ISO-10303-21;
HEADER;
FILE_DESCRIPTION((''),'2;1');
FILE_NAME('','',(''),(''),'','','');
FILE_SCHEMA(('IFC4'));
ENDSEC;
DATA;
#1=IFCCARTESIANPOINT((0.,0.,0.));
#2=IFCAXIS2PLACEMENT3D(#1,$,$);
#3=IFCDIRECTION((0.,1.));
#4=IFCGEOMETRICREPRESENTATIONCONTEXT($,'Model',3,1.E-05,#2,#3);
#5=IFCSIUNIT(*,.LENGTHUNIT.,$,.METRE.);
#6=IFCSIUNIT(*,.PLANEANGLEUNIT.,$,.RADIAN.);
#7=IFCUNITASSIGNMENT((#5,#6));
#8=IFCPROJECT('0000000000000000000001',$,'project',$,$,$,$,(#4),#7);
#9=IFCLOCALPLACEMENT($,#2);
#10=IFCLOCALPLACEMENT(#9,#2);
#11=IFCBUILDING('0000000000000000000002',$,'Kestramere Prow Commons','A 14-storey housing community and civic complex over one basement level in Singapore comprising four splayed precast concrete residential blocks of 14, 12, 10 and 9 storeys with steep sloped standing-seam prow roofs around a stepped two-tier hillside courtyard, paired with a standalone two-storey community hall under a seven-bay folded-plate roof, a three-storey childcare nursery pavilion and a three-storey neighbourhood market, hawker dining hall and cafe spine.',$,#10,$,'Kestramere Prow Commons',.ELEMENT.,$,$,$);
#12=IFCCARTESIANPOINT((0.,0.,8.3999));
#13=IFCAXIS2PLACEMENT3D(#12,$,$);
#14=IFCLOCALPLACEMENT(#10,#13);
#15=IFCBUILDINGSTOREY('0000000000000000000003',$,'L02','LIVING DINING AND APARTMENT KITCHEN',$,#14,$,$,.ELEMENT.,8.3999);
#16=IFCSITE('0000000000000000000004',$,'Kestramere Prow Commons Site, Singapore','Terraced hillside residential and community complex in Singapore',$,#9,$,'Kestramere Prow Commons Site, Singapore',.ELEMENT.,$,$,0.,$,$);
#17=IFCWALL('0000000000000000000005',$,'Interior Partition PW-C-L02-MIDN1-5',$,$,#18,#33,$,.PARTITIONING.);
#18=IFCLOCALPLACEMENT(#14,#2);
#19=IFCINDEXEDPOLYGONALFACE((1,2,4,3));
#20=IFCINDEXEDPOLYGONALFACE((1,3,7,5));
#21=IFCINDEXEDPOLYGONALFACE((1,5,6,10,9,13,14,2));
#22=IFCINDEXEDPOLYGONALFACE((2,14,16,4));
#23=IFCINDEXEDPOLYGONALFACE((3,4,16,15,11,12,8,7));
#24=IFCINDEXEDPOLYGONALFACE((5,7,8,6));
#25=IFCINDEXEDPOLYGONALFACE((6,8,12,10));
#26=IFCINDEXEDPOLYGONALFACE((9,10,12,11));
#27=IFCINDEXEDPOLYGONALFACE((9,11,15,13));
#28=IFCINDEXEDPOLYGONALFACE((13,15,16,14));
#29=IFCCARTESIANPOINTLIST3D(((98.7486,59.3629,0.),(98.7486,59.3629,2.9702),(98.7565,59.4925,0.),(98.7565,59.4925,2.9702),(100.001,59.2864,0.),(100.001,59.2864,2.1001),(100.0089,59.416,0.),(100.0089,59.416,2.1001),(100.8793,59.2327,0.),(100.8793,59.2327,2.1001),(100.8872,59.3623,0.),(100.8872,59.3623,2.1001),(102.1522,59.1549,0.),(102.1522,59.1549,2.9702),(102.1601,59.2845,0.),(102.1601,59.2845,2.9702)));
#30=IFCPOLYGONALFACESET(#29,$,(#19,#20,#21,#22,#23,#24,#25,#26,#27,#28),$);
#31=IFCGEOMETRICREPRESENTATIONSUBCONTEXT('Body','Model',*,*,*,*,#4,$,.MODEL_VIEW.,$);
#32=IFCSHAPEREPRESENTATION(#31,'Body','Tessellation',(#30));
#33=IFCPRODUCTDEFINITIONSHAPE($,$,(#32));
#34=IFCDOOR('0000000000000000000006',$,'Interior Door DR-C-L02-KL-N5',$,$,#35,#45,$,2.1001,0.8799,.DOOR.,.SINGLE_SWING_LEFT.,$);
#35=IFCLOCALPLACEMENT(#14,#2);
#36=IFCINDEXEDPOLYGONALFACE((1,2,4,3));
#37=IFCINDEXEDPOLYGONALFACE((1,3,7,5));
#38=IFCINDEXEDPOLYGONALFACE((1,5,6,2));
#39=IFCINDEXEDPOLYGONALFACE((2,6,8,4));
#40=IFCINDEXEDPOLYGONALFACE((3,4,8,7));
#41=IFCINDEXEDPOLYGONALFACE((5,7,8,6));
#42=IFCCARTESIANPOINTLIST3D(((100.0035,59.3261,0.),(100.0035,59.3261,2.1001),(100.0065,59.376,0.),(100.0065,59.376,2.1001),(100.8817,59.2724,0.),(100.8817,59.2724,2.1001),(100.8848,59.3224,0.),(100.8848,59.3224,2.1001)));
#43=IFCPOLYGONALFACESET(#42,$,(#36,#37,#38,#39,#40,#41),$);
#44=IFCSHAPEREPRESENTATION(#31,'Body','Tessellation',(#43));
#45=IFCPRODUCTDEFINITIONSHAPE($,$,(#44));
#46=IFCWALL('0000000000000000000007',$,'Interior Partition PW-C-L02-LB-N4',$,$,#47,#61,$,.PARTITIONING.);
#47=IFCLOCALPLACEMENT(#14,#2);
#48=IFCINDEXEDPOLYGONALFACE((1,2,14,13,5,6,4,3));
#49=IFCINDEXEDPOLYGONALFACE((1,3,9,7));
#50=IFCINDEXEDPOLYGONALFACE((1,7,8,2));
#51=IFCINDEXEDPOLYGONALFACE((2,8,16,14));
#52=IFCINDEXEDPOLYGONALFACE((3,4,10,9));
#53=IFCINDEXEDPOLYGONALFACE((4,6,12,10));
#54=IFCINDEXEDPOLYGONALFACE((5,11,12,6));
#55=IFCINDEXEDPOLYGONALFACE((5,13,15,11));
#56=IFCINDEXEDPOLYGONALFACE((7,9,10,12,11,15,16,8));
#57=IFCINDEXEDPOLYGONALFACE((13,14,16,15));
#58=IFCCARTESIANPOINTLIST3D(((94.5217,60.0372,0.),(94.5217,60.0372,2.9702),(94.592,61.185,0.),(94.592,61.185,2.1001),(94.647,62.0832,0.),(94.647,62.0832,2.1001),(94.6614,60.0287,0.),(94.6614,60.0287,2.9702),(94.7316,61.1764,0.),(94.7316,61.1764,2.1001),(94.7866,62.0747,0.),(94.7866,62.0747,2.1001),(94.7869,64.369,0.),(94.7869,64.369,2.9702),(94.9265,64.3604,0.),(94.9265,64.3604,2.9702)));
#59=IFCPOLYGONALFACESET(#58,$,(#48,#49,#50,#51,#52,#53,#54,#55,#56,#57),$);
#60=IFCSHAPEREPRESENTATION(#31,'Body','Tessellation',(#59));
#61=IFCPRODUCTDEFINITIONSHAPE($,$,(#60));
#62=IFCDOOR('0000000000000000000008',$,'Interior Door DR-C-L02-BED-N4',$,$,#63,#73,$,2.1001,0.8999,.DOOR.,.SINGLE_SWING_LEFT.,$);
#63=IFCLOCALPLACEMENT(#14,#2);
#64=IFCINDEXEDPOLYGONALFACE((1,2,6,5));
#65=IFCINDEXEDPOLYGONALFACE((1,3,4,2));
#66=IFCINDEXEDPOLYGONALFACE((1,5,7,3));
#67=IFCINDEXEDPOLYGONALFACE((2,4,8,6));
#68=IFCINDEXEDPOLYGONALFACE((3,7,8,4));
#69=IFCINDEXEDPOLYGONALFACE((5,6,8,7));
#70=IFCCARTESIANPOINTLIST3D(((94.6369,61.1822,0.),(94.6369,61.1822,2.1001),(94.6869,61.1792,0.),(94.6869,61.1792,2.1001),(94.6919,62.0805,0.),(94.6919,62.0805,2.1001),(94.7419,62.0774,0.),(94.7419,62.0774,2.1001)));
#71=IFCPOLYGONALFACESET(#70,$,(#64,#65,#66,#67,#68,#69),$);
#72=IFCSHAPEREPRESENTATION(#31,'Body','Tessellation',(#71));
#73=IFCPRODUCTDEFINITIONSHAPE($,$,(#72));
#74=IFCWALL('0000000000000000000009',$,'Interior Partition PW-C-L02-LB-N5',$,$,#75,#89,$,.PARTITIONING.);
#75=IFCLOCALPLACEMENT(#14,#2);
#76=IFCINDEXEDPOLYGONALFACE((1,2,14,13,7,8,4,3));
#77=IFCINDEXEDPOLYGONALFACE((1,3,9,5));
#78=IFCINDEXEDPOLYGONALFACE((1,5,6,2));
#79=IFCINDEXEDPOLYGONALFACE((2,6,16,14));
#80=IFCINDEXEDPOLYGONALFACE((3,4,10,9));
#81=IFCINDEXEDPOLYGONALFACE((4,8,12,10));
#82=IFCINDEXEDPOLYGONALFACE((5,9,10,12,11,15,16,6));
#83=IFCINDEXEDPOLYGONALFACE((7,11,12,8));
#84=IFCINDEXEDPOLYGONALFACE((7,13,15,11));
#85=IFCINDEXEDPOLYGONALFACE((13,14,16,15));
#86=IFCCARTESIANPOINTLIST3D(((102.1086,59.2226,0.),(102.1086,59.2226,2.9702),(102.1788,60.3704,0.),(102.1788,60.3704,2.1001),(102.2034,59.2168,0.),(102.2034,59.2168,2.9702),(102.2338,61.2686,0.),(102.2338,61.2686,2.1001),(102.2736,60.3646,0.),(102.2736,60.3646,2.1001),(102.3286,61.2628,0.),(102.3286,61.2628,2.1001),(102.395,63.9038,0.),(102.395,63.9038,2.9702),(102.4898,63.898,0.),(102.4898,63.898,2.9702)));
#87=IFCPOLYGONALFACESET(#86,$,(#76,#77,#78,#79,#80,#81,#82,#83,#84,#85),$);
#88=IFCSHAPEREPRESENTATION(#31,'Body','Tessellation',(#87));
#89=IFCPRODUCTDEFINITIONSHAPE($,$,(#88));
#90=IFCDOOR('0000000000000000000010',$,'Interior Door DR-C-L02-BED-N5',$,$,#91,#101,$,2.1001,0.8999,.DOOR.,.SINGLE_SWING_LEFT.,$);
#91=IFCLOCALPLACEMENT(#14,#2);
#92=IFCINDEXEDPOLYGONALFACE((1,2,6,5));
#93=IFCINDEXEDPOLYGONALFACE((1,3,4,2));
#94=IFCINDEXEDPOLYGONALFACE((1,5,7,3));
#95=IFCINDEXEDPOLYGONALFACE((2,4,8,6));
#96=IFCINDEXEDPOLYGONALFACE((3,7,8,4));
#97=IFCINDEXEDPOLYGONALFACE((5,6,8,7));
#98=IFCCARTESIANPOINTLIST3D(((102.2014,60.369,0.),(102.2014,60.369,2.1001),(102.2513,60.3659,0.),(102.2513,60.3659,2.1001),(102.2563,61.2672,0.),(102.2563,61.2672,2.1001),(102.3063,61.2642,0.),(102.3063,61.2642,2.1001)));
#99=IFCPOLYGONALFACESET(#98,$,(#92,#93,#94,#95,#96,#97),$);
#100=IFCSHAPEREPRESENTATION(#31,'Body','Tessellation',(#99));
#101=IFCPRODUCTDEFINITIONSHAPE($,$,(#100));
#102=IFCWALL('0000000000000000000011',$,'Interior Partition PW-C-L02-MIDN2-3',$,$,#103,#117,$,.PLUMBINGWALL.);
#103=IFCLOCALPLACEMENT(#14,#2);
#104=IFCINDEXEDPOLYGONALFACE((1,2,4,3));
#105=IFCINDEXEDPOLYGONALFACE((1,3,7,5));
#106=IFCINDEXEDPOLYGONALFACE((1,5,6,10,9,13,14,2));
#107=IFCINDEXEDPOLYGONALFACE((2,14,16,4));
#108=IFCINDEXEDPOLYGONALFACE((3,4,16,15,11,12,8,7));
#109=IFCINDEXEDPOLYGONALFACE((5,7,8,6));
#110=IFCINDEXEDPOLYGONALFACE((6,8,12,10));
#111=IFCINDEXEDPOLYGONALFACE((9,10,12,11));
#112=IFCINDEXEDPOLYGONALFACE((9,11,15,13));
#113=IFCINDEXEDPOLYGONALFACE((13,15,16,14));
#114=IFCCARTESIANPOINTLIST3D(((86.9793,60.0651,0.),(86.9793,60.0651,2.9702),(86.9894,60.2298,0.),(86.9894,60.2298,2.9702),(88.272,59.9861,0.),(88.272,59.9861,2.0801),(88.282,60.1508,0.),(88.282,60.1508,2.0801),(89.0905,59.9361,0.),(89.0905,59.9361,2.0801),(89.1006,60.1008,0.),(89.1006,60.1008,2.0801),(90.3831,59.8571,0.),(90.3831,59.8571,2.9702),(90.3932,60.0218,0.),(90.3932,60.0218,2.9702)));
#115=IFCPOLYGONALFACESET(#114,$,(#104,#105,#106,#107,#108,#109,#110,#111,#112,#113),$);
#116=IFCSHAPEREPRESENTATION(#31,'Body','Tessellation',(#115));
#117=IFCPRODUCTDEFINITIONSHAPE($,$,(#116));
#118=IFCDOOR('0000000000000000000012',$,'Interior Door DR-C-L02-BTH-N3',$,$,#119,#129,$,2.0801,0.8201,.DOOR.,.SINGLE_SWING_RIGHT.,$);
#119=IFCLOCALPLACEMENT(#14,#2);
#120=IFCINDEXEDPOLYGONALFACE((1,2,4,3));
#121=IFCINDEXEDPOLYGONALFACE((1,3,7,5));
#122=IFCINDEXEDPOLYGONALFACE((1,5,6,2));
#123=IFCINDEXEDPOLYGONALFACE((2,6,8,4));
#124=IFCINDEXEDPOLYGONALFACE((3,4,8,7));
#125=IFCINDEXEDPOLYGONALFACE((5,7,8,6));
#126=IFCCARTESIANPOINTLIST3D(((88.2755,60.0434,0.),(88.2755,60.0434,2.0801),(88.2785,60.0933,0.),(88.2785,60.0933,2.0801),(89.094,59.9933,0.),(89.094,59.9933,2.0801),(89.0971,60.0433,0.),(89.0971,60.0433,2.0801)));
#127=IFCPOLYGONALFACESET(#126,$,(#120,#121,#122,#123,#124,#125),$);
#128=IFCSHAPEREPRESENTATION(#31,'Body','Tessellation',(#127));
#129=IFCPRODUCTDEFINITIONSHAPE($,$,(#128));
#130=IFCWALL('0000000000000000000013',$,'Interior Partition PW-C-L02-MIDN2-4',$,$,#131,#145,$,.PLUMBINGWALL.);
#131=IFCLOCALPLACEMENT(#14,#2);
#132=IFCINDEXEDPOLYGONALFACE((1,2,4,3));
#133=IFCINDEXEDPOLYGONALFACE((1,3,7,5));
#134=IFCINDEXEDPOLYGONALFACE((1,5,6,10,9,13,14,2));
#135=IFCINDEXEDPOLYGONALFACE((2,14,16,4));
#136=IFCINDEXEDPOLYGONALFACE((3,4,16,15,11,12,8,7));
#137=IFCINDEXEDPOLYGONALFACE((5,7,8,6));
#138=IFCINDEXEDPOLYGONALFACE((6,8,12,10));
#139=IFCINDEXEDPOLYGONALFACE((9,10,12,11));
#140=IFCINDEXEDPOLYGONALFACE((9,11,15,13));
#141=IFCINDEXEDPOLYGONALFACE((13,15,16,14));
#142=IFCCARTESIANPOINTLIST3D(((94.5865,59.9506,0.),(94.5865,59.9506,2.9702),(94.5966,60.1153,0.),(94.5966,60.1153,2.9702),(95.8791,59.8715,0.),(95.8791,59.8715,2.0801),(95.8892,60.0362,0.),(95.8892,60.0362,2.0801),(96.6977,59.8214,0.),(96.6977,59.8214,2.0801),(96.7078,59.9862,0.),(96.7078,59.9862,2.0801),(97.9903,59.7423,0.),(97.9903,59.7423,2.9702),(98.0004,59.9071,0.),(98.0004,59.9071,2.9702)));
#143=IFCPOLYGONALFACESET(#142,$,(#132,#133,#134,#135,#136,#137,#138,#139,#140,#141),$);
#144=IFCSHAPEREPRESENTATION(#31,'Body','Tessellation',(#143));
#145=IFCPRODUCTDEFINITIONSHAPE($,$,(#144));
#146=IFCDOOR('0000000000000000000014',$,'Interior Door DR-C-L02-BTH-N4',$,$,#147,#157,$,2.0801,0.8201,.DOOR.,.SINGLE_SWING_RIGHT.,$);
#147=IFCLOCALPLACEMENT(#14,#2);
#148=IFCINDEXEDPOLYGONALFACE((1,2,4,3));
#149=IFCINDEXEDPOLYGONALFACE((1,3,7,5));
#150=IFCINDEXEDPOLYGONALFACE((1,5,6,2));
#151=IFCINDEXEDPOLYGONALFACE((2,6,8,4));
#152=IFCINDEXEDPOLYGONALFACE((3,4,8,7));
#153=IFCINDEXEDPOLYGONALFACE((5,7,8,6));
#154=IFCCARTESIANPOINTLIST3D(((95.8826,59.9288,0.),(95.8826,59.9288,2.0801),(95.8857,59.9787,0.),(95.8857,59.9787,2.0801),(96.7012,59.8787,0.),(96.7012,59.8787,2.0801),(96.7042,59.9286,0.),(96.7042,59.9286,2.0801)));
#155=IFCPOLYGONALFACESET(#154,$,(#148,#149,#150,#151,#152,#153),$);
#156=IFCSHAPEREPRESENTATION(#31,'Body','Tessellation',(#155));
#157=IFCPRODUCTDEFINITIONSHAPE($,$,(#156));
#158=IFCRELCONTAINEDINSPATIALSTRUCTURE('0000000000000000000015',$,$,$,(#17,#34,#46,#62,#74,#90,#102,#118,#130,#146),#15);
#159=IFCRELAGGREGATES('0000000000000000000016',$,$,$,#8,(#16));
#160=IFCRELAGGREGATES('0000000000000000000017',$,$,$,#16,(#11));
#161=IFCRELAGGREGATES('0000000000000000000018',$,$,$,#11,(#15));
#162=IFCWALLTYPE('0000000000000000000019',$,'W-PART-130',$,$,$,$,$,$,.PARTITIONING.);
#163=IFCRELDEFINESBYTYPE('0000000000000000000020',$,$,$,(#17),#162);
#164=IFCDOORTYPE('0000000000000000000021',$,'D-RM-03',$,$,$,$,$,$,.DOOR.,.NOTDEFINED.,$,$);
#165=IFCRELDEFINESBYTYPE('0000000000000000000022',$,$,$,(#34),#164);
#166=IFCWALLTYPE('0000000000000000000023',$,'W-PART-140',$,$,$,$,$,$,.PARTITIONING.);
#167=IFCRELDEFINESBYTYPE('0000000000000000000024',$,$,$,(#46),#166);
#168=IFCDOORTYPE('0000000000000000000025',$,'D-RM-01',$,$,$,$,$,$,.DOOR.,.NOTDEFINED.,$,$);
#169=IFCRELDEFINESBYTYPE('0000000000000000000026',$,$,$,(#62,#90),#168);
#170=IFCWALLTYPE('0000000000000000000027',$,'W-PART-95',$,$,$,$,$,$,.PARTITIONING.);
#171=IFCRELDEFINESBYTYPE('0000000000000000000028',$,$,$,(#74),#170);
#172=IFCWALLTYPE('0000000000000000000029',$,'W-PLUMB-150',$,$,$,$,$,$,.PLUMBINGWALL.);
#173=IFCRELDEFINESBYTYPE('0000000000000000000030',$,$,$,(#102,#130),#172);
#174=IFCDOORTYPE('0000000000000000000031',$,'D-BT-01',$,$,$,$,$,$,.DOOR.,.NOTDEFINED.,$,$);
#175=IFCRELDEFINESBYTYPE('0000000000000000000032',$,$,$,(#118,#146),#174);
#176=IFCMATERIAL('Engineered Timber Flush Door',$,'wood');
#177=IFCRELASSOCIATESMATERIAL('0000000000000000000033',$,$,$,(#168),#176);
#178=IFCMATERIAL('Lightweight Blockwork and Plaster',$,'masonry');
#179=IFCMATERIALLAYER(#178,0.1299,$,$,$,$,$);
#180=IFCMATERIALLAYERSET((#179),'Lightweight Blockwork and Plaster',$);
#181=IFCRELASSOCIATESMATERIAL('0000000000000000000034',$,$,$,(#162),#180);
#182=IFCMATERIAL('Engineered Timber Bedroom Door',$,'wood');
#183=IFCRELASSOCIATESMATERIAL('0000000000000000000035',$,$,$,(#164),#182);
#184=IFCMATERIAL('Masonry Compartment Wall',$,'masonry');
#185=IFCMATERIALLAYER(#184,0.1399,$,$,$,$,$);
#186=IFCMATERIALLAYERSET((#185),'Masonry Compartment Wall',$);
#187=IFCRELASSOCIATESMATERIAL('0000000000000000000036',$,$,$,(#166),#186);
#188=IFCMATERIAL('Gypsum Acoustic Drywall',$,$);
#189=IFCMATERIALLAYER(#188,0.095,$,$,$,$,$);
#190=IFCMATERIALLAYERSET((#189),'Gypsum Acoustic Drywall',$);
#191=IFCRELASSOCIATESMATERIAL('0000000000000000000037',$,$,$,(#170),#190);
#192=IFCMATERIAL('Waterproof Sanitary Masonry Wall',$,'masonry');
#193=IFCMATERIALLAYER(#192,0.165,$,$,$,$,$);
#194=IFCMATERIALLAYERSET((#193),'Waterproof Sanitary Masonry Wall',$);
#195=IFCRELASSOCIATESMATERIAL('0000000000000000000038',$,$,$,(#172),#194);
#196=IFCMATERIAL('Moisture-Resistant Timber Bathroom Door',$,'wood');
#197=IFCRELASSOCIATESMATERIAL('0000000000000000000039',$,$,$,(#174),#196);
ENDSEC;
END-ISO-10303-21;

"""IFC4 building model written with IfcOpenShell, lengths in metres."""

from ifc_helpers import new_model, si_unit, direction, frame, frame_2d, origin, place, context, subcontext, project, spatial, rectangle, extrude, material, layer, layer_set, type_object, element, fill, save


model = new_model("IFC4")

# Units and contexts
model_context = context("Model", 3, precision=1e-05, world=origin(), true_north=direction((0.0, 1.0)))
body_context = subcontext(model_context, "Body", "Model", "MODEL_VIEW")
ifc_project = project(units=[si_unit("LENGTHUNIT", "METRE"), si_unit("PLANEANGLEUNIT", "RADIAN")], contexts=[model_context])

# Site, building, storey
site_placement = place(None, origin())
site = spatial("IfcSite", under=ifc_project, at=site_placement, Name="Kestramere Prow Commons Site, Singapore", Description="Terraced hillside residential and community complex in Singapore", LongName="Kestramere Prow Commons Site, Singapore", CompositionType="ELEMENT", RefElevation=0.0)
building_placement = place(site_placement, origin())
building = spatial("IfcBuilding", under=site, at=building_placement, Name="Kestramere Prow Commons", Description="A 14-storey housing community and civic complex over one basement level in Singapore comprising four splayed precast concrete residential blocks of 14, 12, 10 and 9 storeys with steep sloped standing-seam prow roofs around a stepped two-tier hillside courtyard, paired with a standalone two-storey community hall under a seven-bay folded-plate roof, a three-storey childcare nursery pavilion and a three-storey neighbourhood market, hawker dining hall and cafe spine.", LongName="Kestramere Prow Commons", CompositionType="ELEMENT")
storey_placement = place(building_placement, frame((0.0, 0.0, 8.3999)))
storey = spatial("IfcBuildingStorey", under=building, at=storey_placement, Name="L02", Description="LIVING DINING AND APARTMENT KITCHEN", CompositionType="ELEMENT", Elevation=8.3999)

# Walls, openings, doors
ifc_material_1 = material(Name="Lightweight Blockwork and Plaster", Category="masonry")
ifc_material_2 = material(Name="Engineered Timber Flush Door", Category="wood")
door_type_1 = type_object("IfcDoorType", Name="D-RM-01", OperationType="NOTDEFINED", PredefinedType="DOOR", material=ifc_material_2)
ifc_layer_1 = layer(ifc_material_1, 0.1299)
ifc_layer_set_1 = layer_set([ifc_layer_1], Name="Lightweight Blockwork and Plaster")
wall_type_1 = type_object("IfcWallType", Name="W-PART-130", PredefinedType="PARTITIONING", material=ifc_layer_set_1)
ifc_material_3 = material(Name="Engineered Timber Bedroom Door", Category="wood")
door_type_2 = type_object("IfcDoorType", Name="D-RM-03", OperationType="NOTDEFINED", PredefinedType="DOOR", material=ifc_material_3)
wall_1_placement = place(storey_placement, frame((98.7524, 59.4277, 0.0), z_axis=(0.0, 0.0, 1.0), x_axis=(0.998138, -0.061001, 0.0)))
wall_1 = element("IfcWall", 1, at=wall_1_placement, inside=storey, type_object=wall_type_1, Name="Interior Partition PW-C-L02-MIDN1-5", PredefinedType="PARTITIONING", context=body_context, shape_type="SweptSolid", body=[
    extrude(rectangle(XDim=3.4099, YDim=0.1299, at=frame_2d((1.7051, 0.0))), origin(), (0.0, 0.0, 1.0), 2.9702),
])
opening_1_placement = place(wall_1_placement, frame((1.2549, 0.0, 0.0)))
opening_1 = element("IfcOpeningElement", 2, at=opening_1_placement, cuts=wall_1, PredefinedType="OPENING", context=body_context, shape_type="SweptSolid", body=[
    extrude(rectangle(XDim=0.8799, YDim=2.1001, at=frame_2d((0.4399, 1.05))), frame((0.0, 0.0798, 0.0), z_axis=(0.0, -1.0, 0.0), x_axis=(1.0, 0.0, 0.0)), (0.0, 0.0, 1.0), 0.1599),
])
door_1_placement = place(opening_1_placement, origin())
door_1 = element("IfcDoor", 3, at=door_1_placement, inside=storey, type_object=door_type_2, Name="Interior Door DR-C-L02-KL-N5", OperationType="SINGLE_SWING_LEFT", OverallHeight=2.1001, OverallWidth=0.8799, PredefinedType="DOOR", context=body_context, shape_type="SweptSolid", body=[
    extrude(rectangle(XDim=0.8799, YDim=2.1001, at=frame_2d((0.4399, 1.05))), frame((0.0, 0.0249, 0.0), z_axis=(0.0, -1.0, 0.0), x_axis=(1.0, 0.0, 0.0)), (0.0, 0.0, 1.0), 0.05),
])
fill(opening_1, door_1)
ifc_material_4 = material(Name="Masonry Compartment Wall", Category="masonry")
ifc_layer_2 = layer(ifc_material_4, 0.1399)
ifc_layer_set_2 = layer_set([ifc_layer_2], Name="Masonry Compartment Wall")
wall_type_2 = type_object("IfcWallType", Name="W-PART-140", PredefinedType="PARTITIONING", material=ifc_layer_set_2)
wall_2_placement = place(storey_placement, frame((94.5916, 60.033, 0.0), z_axis=(0.0, 0.0, 1.0), x_axis=(0.061093, 0.998132, 0.0)))
wall_2 = element("IfcWall", 4, at=wall_2_placement, inside=storey, type_object=wall_type_2, Name="Interior Partition PW-C-L02-LB-N4", PredefinedType="PARTITIONING", context=body_context, shape_type="SweptSolid", body=[
    extrude(rectangle(XDim=4.3398, YDim=0.1399, at=frame_2d((2.1699, 0.0))), origin(), (0.0, 0.0, 1.0), 2.9702),
])
opening_2_placement = place(wall_2_placement, frame((1.1499, 0.0, 0.0)))
opening_2 = element("IfcOpeningElement", 5, at=opening_2_placement, cuts=wall_2, PredefinedType="OPENING", context=body_context, shape_type="SweptSolid", body=[
    extrude(rectangle(XDim=0.8999, YDim=2.1001, at=frame_2d((0.45, 1.05))), frame((0.0, 0.085, 0.0), z_axis=(0.0, -1.0, 0.0), x_axis=(1.0, 0.0, 0.0)), (0.0, 0.0, 1.0), 0.1699),
])
door_2_placement = place(opening_2_placement, origin())
door_2 = element("IfcDoor", 6, at=door_2_placement, inside=storey, type_object=door_type_1, Name="Interior Door DR-C-L02-BED-N4", OperationType="SINGLE_SWING_LEFT", OverallHeight=2.1001, OverallWidth=0.8999, PredefinedType="DOOR", context=body_context, shape_type="SweptSolid", body=[
    extrude(rectangle(XDim=0.8999, YDim=2.1001, at=frame_2d((0.45, 1.05))), frame((0.0, 0.0249, 0.0), z_axis=(0.0, -1.0, 0.0), x_axis=(1.0, 0.0, 0.0)), (0.0, 0.0, 1.0), 0.05),
])
fill(opening_2, door_2)
ifc_material_5 = material(Name="Gypsum Acoustic Drywall")
ifc_layer_3 = layer(ifc_material_5, 0.095)
ifc_layer_set_3 = layer_set([ifc_layer_3], Name="Gypsum Acoustic Drywall")
wall_type_3 = type_object("IfcWallType", Name="W-PART-95", PredefinedType="PARTITIONING", material=ifc_layer_set_3)
wall_3_placement = place(storey_placement, frame((102.156, 59.2197, 0.0), z_axis=(0.0, 0.0, 1.0), x_axis=(0.061062, 0.998134, 0.0)))
wall_3 = element("IfcWall", 7, at=wall_3_placement, inside=storey, type_object=wall_type_3, Name="Interior Partition PW-C-L02-LB-N5", PredefinedType="PARTITIONING", context=body_context, shape_type="SweptSolid", body=[
    extrude(rectangle(XDim=4.6899, YDim=0.095, at=frame_2d((2.345, 0.0))), origin(), (0.0, 0.0, 1.0), 2.9702),
])
opening_3_placement = place(wall_3_placement, frame((1.1499, 0.0, 0.0)))
opening_3 = element("IfcOpeningElement", 8, at=opening_3_placement, cuts=wall_3, PredefinedType="OPENING", context=body_context, shape_type="SweptSolid", body=[
    extrude(rectangle(XDim=0.8999, YDim=2.1001, at=frame_2d((0.45, 1.05))), frame((0.0, 0.0625, 0.0), z_axis=(0.0, -1.0, 0.0), x_axis=(1.0, 0.0, 0.0)), (0.0, 0.0, 1.0), 0.125),
])
door_3_placement = place(opening_3_placement, origin())
door_3 = element("IfcDoor", 9, at=door_3_placement, inside=storey, type_object=door_type_1, Name="Interior Door DR-C-L02-BED-N5", OperationType="SINGLE_SWING_LEFT", OverallHeight=2.1001, OverallWidth=0.8999, PredefinedType="DOOR", context=body_context, shape_type="SweptSolid", body=[
    extrude(rectangle(XDim=0.8999, YDim=2.1001, at=frame_2d((0.45, 1.05))), frame((0.0, 0.0249, 0.0), z_axis=(0.0, -1.0, 0.0), x_axis=(1.0, 0.0, 0.0)), (0.0, 0.0, 1.0), 0.05),
])
fill(opening_3, door_3)
ifc_material_6 = material(Name="Waterproof Sanitary Masonry Wall", Category="masonry")
ifc_layer_4 = layer(ifc_material_6, 0.165)
ifc_layer_set_4 = layer_set([ifc_layer_4], Name="Waterproof Sanitary Masonry Wall")
wall_type_4 = type_object("IfcWallType", Name="W-PLUMB-150", PredefinedType="PLUMBINGWALL", material=ifc_layer_set_4)
wall_4_placement = place(storey_placement, frame((86.9844, 60.1475, 0.0), z_axis=(0.0, 0.0, 1.0), x_axis=(0.998138, -0.060997, 0.0)))
wall_4 = element("IfcWall", 10, at=wall_4_placement, inside=storey, type_object=wall_type_4, Name="Interior Partition PW-C-L02-MIDN2-3", PredefinedType="PLUMBINGWALL", context=body_context, shape_type="SweptSolid", body=[
    extrude(rectangle(XDim=3.4102, YDim=0.165, at=frame_2d((1.7051, 0.0))), origin(), (0.0, 0.0, 1.0), 2.9702),
])
opening_4_placement = place(wall_4_placement, frame((1.2949, 0.0, 0.0)))
opening_4 = element("IfcOpeningElement", 11, at=opening_4_placement, cuts=wall_4, PredefinedType="OPENING", context=body_context, shape_type="SweptSolid", body=[
    extrude(rectangle(XDim=0.8201, YDim=2.0801, at=frame_2d((0.4102, 1.04))), frame((0.0, 0.0974, 0.0), z_axis=(0.0, -1.0, 0.0), x_axis=(1.0, 0.0, 0.0)), (0.0, 0.0, 1.0), 0.1951),
])
ifc_material_7 = material(Name="Moisture-Resistant Timber Bathroom Door", Category="wood")
door_type_3 = type_object("IfcDoorType", Name="D-BT-01", OperationType="NOTDEFINED", PredefinedType="DOOR", material=ifc_material_7)
door_4_placement = place(opening_4_placement, origin())
door_4 = element("IfcDoor", 12, at=door_4_placement, inside=storey, type_object=door_type_3, Name="Interior Door DR-C-L02-BTH-N3", OperationType="SINGLE_SWING_RIGHT", OverallHeight=2.0801, OverallWidth=0.8201, PredefinedType="DOOR", context=body_context, shape_type="SweptSolid", body=[
    extrude(rectangle(XDim=0.8201, YDim=2.0801, at=frame_2d((0.4102, 1.04))), frame((0.0, 0.0249, 0.0), z_axis=(0.0, -1.0, 0.0), x_axis=(1.0, 0.0, 0.0)), (0.0, 0.0, 1.0), 0.05),
])
fill(opening_4, door_4)
wall_5_placement = place(storey_placement, frame((94.5916, 60.033, 0.0), z_axis=(0.0, 0.0, 1.0), x_axis=(0.998134, -0.061068, 0.0)))
wall_5 = element("IfcWall", 13, at=wall_5_placement, inside=storey, type_object=wall_type_4, Name="Interior Partition PW-C-L02-MIDN2-4", PredefinedType="PLUMBINGWALL", context=body_context, shape_type="SweptSolid", body=[
    extrude(rectangle(XDim=3.4102, YDim=0.165, at=frame_2d((1.7051, 0.0))), origin(), (0.0, 0.0, 1.0), 2.9702),
])
opening_5_placement = place(wall_5_placement, frame((1.2949, 0.0, 0.0)))
opening_5 = element("IfcOpeningElement", 14, at=opening_5_placement, cuts=wall_5, PredefinedType="OPENING", context=body_context, shape_type="SweptSolid", body=[
    extrude(rectangle(XDim=0.8201, YDim=2.0801, at=frame_2d((0.4102, 1.04))), frame((0.0, 0.0974, 0.0), z_axis=(0.0, -1.0, 0.0), x_axis=(1.0, 0.0, 0.0)), (0.0, 0.0, 1.0), 0.1951),
])
door_5_placement = place(opening_5_placement, origin())
door_5 = element("IfcDoor", 15, at=door_5_placement, inside=storey, type_object=door_type_3, Name="Interior Door DR-C-L02-BTH-N4", OperationType="SINGLE_SWING_RIGHT", OverallHeight=2.0801, OverallWidth=0.8201, PredefinedType="DOOR", context=body_context, shape_type="SweptSolid", body=[
    extrude(rectangle(XDim=0.8201, YDim=2.0801, at=frame_2d((0.4102, 1.04))), frame((0.0, 0.0249, 0.0), z_axis=(0.0, -1.0, 0.0), x_axis=(1.0, 0.0, 0.0)), (0.0, 0.0, 1.0), 0.05),
])
fill(opening_5, door_5)

save(model, "model.ifc")
